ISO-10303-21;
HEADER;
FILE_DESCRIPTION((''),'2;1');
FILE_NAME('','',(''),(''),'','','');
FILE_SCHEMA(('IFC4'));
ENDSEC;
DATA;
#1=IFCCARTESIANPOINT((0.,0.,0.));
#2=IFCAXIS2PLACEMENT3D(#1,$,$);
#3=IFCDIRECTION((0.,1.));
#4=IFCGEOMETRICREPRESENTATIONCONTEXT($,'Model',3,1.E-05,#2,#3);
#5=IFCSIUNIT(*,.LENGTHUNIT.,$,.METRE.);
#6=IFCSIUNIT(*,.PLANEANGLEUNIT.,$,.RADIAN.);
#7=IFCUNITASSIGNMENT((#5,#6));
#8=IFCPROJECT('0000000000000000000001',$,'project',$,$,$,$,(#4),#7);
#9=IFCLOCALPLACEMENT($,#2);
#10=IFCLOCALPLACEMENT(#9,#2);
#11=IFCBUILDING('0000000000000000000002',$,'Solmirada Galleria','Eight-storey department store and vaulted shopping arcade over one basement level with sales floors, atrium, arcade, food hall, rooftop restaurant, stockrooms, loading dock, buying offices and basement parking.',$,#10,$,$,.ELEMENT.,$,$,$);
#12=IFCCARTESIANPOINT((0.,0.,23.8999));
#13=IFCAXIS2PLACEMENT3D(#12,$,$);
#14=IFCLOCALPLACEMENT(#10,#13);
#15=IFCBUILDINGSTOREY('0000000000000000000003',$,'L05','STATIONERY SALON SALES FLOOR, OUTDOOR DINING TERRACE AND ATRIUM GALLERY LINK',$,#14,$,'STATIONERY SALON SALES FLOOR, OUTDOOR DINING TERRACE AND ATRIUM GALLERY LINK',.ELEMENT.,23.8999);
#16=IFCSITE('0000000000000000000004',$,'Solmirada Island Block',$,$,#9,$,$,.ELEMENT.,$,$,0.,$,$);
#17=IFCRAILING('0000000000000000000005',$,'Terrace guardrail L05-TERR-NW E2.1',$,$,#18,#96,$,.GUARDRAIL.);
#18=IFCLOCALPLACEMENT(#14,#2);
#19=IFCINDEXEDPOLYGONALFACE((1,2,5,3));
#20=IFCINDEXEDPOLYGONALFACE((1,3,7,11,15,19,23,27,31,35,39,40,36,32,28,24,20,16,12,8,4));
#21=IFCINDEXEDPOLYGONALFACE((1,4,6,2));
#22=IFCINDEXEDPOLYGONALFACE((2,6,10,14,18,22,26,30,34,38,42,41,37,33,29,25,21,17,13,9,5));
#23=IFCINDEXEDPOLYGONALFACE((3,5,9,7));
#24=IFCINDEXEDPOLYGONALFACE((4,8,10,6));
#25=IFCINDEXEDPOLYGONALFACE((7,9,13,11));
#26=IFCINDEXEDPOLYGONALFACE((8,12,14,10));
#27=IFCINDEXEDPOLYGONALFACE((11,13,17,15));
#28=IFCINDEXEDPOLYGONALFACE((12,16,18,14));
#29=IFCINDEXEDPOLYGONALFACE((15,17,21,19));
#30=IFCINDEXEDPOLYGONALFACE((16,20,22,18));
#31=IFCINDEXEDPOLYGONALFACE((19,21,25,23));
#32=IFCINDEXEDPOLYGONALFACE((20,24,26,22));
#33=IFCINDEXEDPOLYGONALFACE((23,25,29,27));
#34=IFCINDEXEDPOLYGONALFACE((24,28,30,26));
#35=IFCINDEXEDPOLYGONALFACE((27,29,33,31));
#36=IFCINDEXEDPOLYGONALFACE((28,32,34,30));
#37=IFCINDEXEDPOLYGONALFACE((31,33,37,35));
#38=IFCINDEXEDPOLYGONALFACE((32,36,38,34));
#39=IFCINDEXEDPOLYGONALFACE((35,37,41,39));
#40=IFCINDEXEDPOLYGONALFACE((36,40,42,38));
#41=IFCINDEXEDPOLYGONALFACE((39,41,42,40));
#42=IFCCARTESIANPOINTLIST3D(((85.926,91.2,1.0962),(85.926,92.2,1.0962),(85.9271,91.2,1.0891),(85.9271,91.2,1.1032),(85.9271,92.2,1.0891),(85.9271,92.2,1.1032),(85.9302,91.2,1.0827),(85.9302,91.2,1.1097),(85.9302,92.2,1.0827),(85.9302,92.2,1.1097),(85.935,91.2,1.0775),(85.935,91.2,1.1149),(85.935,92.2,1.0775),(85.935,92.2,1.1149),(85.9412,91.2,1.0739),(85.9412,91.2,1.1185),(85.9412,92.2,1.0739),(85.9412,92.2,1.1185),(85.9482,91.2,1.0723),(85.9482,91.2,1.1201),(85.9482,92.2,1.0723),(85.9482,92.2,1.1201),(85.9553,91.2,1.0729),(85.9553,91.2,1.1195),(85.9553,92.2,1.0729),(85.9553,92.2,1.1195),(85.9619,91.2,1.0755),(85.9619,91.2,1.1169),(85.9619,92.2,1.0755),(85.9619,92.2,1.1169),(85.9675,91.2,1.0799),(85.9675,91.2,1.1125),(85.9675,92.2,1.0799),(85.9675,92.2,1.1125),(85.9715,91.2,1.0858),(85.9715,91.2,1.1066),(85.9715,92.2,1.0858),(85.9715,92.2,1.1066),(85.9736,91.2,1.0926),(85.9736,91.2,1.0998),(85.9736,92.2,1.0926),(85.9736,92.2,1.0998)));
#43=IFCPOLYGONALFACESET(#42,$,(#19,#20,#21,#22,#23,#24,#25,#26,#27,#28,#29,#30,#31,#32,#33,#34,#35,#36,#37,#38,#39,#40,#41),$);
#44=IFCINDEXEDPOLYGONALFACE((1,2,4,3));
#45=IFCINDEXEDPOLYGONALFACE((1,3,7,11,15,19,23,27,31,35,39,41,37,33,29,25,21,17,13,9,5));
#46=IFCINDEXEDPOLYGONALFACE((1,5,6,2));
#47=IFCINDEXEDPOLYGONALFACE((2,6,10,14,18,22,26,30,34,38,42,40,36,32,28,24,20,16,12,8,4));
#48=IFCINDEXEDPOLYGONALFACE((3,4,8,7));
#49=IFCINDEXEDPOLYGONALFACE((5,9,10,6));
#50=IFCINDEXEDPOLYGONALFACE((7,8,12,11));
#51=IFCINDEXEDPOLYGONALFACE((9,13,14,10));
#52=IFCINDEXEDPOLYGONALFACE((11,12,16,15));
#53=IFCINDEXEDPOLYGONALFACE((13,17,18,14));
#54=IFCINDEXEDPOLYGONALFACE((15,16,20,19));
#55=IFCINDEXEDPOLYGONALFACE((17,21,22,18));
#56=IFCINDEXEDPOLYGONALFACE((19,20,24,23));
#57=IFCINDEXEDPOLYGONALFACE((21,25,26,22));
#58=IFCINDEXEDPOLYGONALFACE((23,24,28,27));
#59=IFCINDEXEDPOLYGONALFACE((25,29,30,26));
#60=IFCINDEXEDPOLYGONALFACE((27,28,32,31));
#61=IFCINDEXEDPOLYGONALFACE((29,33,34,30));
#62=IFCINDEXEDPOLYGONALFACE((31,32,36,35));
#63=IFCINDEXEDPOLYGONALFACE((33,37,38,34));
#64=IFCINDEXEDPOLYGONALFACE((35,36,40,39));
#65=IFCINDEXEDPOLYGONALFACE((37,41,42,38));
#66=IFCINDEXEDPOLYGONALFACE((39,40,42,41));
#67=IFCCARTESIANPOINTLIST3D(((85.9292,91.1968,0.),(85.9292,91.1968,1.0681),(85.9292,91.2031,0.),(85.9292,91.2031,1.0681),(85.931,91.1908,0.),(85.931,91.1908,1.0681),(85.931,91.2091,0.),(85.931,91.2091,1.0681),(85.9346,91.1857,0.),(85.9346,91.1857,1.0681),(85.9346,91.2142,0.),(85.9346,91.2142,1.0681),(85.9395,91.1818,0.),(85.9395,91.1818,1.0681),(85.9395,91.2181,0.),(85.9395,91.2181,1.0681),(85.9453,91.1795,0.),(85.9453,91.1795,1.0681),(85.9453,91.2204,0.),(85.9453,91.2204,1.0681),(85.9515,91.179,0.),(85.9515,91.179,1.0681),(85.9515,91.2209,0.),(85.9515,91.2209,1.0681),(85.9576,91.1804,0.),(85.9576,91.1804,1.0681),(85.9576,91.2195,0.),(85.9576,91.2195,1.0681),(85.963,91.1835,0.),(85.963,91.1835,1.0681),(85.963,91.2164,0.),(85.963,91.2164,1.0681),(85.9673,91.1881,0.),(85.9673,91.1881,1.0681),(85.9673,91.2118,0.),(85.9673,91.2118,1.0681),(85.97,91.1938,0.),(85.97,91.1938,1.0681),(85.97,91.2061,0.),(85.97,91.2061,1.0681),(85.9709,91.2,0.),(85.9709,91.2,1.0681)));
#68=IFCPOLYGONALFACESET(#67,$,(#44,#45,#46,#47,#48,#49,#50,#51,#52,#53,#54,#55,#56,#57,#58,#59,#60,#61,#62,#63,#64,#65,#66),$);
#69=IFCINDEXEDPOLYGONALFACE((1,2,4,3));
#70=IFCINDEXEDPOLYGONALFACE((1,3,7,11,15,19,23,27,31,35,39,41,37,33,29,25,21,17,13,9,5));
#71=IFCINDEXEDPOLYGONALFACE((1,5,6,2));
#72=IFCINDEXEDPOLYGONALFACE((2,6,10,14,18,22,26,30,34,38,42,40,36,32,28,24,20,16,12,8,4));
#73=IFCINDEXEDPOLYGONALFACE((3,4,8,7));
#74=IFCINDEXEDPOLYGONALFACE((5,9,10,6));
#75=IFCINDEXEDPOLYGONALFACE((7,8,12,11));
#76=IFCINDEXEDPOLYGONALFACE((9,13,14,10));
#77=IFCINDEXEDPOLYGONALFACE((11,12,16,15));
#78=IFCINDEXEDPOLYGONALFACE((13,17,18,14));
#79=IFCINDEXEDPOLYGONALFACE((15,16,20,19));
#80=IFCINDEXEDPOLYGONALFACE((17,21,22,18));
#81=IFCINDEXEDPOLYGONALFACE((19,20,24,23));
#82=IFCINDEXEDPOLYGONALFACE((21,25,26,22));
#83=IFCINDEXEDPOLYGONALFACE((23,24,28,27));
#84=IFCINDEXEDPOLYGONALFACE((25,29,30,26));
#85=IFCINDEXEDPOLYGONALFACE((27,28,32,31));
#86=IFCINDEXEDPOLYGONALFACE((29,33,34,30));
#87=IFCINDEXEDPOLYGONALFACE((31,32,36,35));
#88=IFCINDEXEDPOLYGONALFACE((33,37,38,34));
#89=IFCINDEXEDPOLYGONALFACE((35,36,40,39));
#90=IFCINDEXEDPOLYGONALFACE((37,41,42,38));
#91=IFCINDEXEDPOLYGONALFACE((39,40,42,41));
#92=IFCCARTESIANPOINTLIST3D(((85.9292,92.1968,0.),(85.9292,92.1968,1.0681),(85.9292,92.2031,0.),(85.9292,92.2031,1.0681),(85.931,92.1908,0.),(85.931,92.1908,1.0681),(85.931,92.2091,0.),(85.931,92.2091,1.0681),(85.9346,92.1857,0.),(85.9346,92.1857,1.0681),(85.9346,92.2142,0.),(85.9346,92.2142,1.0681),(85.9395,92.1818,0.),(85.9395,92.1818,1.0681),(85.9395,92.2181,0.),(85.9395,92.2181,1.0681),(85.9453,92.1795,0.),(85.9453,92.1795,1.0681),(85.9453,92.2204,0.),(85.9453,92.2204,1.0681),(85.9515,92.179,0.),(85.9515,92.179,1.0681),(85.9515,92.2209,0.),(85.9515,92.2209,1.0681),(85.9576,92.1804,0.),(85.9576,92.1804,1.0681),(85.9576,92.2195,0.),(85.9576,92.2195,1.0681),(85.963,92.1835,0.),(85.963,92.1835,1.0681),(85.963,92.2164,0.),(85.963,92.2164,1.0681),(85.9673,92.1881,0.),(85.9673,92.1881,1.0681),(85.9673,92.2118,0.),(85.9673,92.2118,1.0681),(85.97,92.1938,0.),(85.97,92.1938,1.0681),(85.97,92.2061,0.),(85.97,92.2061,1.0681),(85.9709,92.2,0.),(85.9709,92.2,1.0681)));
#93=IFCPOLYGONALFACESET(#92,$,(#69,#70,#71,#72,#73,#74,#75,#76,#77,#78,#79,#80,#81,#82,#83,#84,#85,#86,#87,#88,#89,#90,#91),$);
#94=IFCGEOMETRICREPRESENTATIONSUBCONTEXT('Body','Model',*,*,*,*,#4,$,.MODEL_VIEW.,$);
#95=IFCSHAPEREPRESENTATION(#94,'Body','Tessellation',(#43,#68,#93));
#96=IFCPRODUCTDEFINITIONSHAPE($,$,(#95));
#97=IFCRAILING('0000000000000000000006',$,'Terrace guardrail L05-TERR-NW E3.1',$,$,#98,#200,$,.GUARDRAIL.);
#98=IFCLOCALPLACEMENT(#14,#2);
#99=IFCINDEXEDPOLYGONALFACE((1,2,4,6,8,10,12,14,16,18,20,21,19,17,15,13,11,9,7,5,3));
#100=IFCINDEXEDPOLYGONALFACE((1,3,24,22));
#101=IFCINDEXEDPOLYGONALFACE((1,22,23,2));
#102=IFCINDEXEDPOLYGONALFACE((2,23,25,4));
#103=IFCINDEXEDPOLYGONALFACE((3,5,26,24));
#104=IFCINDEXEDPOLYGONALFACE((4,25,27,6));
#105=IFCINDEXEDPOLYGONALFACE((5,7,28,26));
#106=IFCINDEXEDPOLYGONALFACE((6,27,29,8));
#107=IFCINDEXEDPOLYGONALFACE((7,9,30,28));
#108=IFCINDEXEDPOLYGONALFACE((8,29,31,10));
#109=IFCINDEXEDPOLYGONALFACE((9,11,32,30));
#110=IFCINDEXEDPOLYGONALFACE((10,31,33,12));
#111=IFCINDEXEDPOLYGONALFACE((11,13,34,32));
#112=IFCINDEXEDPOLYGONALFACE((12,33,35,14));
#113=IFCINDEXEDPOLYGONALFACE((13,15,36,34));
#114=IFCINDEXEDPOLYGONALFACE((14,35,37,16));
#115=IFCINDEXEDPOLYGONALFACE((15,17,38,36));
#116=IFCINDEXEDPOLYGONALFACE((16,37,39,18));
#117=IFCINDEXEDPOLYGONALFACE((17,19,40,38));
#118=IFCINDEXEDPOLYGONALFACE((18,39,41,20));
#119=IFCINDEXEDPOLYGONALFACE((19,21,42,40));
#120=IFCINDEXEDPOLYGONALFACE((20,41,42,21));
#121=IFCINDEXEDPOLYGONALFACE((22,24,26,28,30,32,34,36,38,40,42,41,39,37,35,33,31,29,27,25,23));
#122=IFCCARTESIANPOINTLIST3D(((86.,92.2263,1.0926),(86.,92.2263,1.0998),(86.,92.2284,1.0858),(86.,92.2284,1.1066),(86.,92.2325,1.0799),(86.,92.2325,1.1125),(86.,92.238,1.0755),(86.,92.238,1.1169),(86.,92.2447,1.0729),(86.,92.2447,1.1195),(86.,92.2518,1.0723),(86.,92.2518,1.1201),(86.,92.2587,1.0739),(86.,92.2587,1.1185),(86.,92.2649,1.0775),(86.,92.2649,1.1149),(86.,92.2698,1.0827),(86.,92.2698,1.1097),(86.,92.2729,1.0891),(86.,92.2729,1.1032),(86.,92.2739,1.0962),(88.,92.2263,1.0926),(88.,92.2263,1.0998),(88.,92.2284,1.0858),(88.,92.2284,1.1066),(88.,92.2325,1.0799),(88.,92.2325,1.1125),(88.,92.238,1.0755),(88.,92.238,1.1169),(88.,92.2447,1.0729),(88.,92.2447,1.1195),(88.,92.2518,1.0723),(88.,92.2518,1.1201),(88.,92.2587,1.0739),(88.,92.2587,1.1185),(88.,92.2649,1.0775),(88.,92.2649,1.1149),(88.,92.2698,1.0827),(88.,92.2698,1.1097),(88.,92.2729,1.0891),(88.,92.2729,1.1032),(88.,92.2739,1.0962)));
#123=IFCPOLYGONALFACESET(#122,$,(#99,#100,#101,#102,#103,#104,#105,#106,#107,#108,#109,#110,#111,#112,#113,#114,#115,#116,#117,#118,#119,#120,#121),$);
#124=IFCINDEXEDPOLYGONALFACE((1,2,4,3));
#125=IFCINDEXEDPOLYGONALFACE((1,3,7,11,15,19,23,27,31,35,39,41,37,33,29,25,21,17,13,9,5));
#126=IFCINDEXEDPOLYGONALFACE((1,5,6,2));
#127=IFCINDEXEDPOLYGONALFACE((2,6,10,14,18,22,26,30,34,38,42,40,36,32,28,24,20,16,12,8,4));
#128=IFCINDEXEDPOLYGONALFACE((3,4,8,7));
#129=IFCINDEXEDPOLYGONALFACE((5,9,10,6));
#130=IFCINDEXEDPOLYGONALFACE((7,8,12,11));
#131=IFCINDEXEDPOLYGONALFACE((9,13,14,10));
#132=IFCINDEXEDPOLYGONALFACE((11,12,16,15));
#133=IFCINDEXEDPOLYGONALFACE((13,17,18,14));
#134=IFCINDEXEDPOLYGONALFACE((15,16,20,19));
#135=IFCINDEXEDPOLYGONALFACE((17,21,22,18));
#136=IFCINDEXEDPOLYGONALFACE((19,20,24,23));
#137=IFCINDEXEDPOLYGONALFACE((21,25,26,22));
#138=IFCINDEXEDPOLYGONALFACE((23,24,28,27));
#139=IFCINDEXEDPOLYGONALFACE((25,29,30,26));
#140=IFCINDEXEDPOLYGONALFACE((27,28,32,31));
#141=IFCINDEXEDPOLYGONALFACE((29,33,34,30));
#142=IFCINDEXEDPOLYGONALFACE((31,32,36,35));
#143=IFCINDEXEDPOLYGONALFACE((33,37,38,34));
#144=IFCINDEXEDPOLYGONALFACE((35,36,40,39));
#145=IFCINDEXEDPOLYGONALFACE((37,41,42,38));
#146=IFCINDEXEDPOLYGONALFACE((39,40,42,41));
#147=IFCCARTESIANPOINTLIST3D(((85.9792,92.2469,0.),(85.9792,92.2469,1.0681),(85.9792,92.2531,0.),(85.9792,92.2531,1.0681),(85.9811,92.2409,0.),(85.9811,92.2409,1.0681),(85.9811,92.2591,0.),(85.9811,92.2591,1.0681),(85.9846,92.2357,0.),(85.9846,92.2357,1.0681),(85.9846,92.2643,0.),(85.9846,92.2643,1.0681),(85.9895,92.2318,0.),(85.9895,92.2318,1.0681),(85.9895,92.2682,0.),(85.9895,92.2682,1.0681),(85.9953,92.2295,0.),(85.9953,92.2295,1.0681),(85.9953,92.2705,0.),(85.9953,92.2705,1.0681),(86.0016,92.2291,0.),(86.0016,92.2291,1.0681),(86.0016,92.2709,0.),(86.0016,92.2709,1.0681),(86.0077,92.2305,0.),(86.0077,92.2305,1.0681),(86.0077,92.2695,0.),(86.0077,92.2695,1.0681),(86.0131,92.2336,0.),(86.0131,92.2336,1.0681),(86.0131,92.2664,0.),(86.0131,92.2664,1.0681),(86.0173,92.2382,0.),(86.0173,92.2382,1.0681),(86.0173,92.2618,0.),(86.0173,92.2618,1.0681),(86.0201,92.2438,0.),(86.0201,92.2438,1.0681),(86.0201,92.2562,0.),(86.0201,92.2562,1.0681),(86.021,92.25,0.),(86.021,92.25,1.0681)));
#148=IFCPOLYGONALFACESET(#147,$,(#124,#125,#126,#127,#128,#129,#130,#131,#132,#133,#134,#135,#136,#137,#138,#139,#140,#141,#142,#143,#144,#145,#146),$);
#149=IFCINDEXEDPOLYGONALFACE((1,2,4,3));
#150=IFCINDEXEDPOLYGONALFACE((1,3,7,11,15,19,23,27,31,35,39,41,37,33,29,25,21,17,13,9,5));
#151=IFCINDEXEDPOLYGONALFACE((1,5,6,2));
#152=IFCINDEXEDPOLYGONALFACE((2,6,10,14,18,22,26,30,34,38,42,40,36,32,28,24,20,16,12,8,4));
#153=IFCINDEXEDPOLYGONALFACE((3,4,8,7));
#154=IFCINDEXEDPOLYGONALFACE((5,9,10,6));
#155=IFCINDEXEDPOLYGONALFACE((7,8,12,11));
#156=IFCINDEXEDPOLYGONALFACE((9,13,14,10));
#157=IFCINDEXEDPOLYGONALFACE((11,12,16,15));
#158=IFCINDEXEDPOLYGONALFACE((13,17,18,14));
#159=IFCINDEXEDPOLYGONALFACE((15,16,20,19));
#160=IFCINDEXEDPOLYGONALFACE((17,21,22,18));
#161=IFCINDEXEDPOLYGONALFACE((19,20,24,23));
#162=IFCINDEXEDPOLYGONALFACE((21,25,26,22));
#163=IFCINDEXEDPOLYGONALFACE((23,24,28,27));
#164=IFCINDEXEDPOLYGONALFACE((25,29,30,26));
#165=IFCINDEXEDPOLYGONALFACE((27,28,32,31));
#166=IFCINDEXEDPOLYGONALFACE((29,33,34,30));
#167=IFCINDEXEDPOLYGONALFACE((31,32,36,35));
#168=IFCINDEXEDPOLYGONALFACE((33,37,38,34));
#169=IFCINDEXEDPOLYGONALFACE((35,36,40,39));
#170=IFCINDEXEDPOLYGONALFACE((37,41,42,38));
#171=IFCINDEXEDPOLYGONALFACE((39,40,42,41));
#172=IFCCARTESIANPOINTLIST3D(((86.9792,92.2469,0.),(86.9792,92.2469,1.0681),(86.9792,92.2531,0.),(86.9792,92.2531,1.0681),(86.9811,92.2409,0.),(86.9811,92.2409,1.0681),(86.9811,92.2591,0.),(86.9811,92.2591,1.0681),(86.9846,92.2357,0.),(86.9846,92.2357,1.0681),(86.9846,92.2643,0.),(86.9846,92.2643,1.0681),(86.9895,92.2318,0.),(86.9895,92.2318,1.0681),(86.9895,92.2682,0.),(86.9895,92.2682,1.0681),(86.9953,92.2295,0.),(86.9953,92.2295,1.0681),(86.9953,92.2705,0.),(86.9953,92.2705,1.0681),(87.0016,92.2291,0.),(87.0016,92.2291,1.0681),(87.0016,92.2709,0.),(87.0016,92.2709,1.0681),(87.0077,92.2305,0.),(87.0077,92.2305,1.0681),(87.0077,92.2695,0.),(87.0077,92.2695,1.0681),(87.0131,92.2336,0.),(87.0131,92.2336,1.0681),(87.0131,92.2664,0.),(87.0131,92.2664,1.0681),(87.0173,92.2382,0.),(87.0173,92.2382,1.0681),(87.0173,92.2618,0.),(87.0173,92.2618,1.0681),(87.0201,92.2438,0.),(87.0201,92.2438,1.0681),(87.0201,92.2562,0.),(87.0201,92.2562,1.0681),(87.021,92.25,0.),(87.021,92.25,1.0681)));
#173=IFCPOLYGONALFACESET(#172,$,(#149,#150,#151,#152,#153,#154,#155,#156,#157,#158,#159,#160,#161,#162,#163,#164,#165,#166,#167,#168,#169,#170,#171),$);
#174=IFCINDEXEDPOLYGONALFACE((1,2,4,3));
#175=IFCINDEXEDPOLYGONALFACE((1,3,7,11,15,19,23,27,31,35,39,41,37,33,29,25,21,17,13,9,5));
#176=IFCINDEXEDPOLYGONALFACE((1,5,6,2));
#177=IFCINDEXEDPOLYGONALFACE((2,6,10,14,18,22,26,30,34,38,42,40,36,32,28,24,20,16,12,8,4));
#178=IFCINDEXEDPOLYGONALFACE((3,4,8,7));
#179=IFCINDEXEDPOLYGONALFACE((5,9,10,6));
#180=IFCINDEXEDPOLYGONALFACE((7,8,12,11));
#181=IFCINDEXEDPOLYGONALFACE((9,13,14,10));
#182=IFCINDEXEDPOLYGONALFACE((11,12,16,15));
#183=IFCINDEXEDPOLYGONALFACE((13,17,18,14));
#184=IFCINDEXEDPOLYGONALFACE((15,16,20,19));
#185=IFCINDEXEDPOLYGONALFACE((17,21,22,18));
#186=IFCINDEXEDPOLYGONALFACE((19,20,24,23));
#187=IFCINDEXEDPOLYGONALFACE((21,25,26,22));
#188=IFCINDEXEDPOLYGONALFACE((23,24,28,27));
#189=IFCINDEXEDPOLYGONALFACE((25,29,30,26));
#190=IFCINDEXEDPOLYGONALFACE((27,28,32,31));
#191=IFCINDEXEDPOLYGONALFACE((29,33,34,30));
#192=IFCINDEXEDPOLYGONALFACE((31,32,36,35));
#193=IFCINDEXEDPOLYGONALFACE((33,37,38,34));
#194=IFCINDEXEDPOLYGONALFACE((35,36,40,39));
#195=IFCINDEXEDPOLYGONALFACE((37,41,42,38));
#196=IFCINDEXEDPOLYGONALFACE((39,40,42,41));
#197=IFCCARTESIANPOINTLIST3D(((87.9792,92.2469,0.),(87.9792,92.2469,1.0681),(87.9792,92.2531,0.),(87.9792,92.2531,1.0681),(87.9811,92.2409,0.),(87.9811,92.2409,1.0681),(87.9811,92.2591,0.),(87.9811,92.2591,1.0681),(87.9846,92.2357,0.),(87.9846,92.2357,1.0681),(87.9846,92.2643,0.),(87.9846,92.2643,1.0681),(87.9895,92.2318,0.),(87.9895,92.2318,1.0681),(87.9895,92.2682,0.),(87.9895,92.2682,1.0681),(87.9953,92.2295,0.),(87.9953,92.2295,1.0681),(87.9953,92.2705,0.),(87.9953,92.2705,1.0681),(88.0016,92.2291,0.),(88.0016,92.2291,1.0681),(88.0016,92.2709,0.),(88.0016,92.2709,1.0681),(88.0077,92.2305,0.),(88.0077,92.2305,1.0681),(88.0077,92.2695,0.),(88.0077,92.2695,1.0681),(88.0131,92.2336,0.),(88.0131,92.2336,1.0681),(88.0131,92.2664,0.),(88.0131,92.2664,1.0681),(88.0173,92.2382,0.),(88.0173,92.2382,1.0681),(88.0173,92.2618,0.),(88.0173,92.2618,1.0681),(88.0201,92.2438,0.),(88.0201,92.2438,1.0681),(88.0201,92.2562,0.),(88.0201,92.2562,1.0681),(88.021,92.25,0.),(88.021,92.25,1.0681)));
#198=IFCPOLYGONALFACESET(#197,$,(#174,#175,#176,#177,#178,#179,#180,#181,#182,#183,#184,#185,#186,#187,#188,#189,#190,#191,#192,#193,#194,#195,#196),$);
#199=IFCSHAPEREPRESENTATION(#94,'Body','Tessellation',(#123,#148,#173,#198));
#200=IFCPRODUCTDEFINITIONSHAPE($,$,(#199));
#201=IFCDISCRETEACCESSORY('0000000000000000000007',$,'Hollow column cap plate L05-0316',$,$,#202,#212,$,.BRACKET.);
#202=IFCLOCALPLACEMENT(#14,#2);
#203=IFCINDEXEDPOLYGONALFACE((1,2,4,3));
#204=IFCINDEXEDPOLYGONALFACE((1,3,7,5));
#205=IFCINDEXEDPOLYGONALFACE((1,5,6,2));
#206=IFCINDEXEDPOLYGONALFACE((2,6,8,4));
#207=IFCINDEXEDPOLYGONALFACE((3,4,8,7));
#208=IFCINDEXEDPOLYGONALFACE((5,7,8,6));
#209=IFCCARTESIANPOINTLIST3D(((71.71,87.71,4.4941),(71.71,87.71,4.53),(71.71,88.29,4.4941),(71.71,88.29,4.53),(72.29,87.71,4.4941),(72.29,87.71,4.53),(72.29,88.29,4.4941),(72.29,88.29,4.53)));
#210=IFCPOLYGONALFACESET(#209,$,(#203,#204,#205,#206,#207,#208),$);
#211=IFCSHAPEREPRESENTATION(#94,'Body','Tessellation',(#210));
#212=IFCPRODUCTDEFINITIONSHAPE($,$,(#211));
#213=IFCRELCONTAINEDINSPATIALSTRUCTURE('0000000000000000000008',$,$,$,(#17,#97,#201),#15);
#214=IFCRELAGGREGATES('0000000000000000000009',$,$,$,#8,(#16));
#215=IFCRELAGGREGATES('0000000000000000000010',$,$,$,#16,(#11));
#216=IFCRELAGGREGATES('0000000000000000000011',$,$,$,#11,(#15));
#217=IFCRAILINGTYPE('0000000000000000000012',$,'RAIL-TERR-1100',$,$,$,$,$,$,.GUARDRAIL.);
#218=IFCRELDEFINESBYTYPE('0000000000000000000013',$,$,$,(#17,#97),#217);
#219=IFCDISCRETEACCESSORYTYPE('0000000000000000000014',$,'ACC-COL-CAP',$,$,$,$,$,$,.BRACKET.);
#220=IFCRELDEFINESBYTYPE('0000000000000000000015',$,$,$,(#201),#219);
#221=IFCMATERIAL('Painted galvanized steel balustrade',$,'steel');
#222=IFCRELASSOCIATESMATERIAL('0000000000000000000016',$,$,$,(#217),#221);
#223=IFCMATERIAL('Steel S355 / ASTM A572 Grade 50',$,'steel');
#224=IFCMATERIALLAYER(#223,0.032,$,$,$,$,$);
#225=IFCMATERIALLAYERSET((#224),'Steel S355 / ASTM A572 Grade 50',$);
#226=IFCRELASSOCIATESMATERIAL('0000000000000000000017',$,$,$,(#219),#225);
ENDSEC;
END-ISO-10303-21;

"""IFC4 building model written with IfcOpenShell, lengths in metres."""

from ifc_helpers import new_model, si_unit, direction, frame, origin, origin_2d, place, context, subcontext, project, spatial, rectangle, circle, extrude, material, layer, layer_set, type_object, element, save


model = new_model("IFC4")

# Units and contexts
model_context = context("Model", 3, precision=1e-05, world=origin(), true_north=direction((0.0, 1.0)))
body_context = subcontext(model_context, "Body", "Model", "MODEL_VIEW")
ifc_project = project(units=[si_unit("LENGTHUNIT", "METRE"), si_unit("PLANEANGLEUNIT", "RADIAN")], contexts=[model_context])

# Site, building, storey
site_placement = place(None, origin())
site = spatial("IfcSite", under=ifc_project, at=site_placement, Name="Solmirada Island Block", CompositionType="ELEMENT", RefElevation=0.0)
building_placement = place(site_placement, origin())
building = spatial("IfcBuilding", under=site, at=building_placement, Name="Solmirada Galleria", Description="Eight-storey department store and vaulted shopping arcade over one basement level with sales floors, atrium, arcade, food hall, rooftop restaurant, stockrooms, loading dock, buying offices and basement parking.", CompositionType="ELEMENT")
storey_placement = place(building_placement, frame((0.0, 0.0, 23.8999)))
storey = spatial("IfcBuildingStorey", under=building, at=storey_placement, Name="L05", Description="STATIONERY SALON SALES FLOOR, OUTDOOR DINING TERRACE AND ATRIUM GALLERY LINK", LongName="STATIONERY SALON SALES FLOOR, OUTDOOR DINING TERRACE AND ATRIUM GALLERY LINK", CompositionType="ELEMENT", Elevation=23.8999)

# Railings
ifc_material_1 = material(Name="Painted galvanized steel balustrade", Category="steel")
railing_type = type_object("IfcRailingType", Name="RAIL-TERR-1100", PredefinedType="GUARDRAIL", material=ifc_material_1)
railing_1_placement = place(storey_placement, frame((85.95, 91.2, 0.0)))
element("IfcRailing", 1, at=railing_1_placement, inside=storey, type_object=railing_type, Name="Terrace guardrail L05-TERR-NW E2.1", PredefinedType="GUARDRAIL", context=body_context, shape_type="SweptSolid", body=[
    extrude(circle(Radius=0.0239, at=origin_2d()), frame((0.0, 0.0, 1.0962), z_axis=(0.0, 1.0, 0.0), x_axis=(-1.0, 0.0, 0.0)), (0.0, 0.0, 1.0), 1.0),
    extrude(circle(Radius=0.021, at=origin_2d()), origin(), (0.0, 0.0, 1.0), 1.0681),
    extrude(circle(Radius=0.021, at=origin_2d()), frame((0.0, 1.0, 0.0)), (0.0, 0.0, 1.0), 1.0681),
])
railing_2_placement = place(storey_placement, frame((86.0, 92.25, 0.0)))
element("IfcRailing", 2, at=railing_2_placement, inside=storey, type_object=railing_type, Name="Terrace guardrail L05-TERR-NW E3.1", PredefinedType="GUARDRAIL", context=body_context, shape_type="SweptSolid", body=[
    extrude(circle(Radius=0.0239, at=origin_2d()), frame((0.0, 0.0, 1.0962), z_axis=(1.0, 0.0, 0.0), x_axis=(0.0, 1.0, 0.0)), (0.0, 0.0, 1.0), 2.0),
    extrude(circle(Radius=0.021, at=origin_2d()), origin(), (0.0, 0.0, 1.0), 1.0681),
    extrude(circle(Radius=0.021, at=origin_2d()), frame((1.0, 0.0, 0.0)), (0.0, 0.0, 1.0), 1.0681),
    extrude(circle(Radius=0.021, at=origin_2d()), frame((2.0, 0.0, 0.0)), (0.0, 0.0, 1.0), 1.0681),
])

# Discrete accessory
ifc_material_2 = material(Name="Steel S355 / ASTM A572 Grade 50", Category="steel")
ifc_layer_1 = layer(ifc_material_2, 0.032)
ifc_layer_set_1 = layer_set([ifc_layer_1], Name="Steel S355 / ASTM A572 Grade 50")
discrete_accessory_type = type_object("IfcDiscreteAccessoryType", Name="ACC-COL-CAP", PredefinedType="BRACKET", material=ifc_layer_set_1)
for number, where, z_axis, x_axis, name in (
    (3, (72.0, 88.0, 4.4941), (0.0, 0.0, 1.0), (1.0, 0.0, 0.0), "Hollow column cap plate L05-0316"),
):
    element("IfcDiscreteAccessory", number, at=place(storey_placement, frame(where, z_axis=z_axis, x_axis=x_axis)), inside=storey, type_object=discrete_accessory_type, Name=name, PredefinedType="BRACKET", context=body_context, shape_type="SweptSolid", body=[
        extrude(rectangle(XDim=0.5801, YDim=0.5801, at=origin_2d()), origin(), (0.0, 0.0, 1.0), 0.0359),
    ])

save(model, "model.ifc")
